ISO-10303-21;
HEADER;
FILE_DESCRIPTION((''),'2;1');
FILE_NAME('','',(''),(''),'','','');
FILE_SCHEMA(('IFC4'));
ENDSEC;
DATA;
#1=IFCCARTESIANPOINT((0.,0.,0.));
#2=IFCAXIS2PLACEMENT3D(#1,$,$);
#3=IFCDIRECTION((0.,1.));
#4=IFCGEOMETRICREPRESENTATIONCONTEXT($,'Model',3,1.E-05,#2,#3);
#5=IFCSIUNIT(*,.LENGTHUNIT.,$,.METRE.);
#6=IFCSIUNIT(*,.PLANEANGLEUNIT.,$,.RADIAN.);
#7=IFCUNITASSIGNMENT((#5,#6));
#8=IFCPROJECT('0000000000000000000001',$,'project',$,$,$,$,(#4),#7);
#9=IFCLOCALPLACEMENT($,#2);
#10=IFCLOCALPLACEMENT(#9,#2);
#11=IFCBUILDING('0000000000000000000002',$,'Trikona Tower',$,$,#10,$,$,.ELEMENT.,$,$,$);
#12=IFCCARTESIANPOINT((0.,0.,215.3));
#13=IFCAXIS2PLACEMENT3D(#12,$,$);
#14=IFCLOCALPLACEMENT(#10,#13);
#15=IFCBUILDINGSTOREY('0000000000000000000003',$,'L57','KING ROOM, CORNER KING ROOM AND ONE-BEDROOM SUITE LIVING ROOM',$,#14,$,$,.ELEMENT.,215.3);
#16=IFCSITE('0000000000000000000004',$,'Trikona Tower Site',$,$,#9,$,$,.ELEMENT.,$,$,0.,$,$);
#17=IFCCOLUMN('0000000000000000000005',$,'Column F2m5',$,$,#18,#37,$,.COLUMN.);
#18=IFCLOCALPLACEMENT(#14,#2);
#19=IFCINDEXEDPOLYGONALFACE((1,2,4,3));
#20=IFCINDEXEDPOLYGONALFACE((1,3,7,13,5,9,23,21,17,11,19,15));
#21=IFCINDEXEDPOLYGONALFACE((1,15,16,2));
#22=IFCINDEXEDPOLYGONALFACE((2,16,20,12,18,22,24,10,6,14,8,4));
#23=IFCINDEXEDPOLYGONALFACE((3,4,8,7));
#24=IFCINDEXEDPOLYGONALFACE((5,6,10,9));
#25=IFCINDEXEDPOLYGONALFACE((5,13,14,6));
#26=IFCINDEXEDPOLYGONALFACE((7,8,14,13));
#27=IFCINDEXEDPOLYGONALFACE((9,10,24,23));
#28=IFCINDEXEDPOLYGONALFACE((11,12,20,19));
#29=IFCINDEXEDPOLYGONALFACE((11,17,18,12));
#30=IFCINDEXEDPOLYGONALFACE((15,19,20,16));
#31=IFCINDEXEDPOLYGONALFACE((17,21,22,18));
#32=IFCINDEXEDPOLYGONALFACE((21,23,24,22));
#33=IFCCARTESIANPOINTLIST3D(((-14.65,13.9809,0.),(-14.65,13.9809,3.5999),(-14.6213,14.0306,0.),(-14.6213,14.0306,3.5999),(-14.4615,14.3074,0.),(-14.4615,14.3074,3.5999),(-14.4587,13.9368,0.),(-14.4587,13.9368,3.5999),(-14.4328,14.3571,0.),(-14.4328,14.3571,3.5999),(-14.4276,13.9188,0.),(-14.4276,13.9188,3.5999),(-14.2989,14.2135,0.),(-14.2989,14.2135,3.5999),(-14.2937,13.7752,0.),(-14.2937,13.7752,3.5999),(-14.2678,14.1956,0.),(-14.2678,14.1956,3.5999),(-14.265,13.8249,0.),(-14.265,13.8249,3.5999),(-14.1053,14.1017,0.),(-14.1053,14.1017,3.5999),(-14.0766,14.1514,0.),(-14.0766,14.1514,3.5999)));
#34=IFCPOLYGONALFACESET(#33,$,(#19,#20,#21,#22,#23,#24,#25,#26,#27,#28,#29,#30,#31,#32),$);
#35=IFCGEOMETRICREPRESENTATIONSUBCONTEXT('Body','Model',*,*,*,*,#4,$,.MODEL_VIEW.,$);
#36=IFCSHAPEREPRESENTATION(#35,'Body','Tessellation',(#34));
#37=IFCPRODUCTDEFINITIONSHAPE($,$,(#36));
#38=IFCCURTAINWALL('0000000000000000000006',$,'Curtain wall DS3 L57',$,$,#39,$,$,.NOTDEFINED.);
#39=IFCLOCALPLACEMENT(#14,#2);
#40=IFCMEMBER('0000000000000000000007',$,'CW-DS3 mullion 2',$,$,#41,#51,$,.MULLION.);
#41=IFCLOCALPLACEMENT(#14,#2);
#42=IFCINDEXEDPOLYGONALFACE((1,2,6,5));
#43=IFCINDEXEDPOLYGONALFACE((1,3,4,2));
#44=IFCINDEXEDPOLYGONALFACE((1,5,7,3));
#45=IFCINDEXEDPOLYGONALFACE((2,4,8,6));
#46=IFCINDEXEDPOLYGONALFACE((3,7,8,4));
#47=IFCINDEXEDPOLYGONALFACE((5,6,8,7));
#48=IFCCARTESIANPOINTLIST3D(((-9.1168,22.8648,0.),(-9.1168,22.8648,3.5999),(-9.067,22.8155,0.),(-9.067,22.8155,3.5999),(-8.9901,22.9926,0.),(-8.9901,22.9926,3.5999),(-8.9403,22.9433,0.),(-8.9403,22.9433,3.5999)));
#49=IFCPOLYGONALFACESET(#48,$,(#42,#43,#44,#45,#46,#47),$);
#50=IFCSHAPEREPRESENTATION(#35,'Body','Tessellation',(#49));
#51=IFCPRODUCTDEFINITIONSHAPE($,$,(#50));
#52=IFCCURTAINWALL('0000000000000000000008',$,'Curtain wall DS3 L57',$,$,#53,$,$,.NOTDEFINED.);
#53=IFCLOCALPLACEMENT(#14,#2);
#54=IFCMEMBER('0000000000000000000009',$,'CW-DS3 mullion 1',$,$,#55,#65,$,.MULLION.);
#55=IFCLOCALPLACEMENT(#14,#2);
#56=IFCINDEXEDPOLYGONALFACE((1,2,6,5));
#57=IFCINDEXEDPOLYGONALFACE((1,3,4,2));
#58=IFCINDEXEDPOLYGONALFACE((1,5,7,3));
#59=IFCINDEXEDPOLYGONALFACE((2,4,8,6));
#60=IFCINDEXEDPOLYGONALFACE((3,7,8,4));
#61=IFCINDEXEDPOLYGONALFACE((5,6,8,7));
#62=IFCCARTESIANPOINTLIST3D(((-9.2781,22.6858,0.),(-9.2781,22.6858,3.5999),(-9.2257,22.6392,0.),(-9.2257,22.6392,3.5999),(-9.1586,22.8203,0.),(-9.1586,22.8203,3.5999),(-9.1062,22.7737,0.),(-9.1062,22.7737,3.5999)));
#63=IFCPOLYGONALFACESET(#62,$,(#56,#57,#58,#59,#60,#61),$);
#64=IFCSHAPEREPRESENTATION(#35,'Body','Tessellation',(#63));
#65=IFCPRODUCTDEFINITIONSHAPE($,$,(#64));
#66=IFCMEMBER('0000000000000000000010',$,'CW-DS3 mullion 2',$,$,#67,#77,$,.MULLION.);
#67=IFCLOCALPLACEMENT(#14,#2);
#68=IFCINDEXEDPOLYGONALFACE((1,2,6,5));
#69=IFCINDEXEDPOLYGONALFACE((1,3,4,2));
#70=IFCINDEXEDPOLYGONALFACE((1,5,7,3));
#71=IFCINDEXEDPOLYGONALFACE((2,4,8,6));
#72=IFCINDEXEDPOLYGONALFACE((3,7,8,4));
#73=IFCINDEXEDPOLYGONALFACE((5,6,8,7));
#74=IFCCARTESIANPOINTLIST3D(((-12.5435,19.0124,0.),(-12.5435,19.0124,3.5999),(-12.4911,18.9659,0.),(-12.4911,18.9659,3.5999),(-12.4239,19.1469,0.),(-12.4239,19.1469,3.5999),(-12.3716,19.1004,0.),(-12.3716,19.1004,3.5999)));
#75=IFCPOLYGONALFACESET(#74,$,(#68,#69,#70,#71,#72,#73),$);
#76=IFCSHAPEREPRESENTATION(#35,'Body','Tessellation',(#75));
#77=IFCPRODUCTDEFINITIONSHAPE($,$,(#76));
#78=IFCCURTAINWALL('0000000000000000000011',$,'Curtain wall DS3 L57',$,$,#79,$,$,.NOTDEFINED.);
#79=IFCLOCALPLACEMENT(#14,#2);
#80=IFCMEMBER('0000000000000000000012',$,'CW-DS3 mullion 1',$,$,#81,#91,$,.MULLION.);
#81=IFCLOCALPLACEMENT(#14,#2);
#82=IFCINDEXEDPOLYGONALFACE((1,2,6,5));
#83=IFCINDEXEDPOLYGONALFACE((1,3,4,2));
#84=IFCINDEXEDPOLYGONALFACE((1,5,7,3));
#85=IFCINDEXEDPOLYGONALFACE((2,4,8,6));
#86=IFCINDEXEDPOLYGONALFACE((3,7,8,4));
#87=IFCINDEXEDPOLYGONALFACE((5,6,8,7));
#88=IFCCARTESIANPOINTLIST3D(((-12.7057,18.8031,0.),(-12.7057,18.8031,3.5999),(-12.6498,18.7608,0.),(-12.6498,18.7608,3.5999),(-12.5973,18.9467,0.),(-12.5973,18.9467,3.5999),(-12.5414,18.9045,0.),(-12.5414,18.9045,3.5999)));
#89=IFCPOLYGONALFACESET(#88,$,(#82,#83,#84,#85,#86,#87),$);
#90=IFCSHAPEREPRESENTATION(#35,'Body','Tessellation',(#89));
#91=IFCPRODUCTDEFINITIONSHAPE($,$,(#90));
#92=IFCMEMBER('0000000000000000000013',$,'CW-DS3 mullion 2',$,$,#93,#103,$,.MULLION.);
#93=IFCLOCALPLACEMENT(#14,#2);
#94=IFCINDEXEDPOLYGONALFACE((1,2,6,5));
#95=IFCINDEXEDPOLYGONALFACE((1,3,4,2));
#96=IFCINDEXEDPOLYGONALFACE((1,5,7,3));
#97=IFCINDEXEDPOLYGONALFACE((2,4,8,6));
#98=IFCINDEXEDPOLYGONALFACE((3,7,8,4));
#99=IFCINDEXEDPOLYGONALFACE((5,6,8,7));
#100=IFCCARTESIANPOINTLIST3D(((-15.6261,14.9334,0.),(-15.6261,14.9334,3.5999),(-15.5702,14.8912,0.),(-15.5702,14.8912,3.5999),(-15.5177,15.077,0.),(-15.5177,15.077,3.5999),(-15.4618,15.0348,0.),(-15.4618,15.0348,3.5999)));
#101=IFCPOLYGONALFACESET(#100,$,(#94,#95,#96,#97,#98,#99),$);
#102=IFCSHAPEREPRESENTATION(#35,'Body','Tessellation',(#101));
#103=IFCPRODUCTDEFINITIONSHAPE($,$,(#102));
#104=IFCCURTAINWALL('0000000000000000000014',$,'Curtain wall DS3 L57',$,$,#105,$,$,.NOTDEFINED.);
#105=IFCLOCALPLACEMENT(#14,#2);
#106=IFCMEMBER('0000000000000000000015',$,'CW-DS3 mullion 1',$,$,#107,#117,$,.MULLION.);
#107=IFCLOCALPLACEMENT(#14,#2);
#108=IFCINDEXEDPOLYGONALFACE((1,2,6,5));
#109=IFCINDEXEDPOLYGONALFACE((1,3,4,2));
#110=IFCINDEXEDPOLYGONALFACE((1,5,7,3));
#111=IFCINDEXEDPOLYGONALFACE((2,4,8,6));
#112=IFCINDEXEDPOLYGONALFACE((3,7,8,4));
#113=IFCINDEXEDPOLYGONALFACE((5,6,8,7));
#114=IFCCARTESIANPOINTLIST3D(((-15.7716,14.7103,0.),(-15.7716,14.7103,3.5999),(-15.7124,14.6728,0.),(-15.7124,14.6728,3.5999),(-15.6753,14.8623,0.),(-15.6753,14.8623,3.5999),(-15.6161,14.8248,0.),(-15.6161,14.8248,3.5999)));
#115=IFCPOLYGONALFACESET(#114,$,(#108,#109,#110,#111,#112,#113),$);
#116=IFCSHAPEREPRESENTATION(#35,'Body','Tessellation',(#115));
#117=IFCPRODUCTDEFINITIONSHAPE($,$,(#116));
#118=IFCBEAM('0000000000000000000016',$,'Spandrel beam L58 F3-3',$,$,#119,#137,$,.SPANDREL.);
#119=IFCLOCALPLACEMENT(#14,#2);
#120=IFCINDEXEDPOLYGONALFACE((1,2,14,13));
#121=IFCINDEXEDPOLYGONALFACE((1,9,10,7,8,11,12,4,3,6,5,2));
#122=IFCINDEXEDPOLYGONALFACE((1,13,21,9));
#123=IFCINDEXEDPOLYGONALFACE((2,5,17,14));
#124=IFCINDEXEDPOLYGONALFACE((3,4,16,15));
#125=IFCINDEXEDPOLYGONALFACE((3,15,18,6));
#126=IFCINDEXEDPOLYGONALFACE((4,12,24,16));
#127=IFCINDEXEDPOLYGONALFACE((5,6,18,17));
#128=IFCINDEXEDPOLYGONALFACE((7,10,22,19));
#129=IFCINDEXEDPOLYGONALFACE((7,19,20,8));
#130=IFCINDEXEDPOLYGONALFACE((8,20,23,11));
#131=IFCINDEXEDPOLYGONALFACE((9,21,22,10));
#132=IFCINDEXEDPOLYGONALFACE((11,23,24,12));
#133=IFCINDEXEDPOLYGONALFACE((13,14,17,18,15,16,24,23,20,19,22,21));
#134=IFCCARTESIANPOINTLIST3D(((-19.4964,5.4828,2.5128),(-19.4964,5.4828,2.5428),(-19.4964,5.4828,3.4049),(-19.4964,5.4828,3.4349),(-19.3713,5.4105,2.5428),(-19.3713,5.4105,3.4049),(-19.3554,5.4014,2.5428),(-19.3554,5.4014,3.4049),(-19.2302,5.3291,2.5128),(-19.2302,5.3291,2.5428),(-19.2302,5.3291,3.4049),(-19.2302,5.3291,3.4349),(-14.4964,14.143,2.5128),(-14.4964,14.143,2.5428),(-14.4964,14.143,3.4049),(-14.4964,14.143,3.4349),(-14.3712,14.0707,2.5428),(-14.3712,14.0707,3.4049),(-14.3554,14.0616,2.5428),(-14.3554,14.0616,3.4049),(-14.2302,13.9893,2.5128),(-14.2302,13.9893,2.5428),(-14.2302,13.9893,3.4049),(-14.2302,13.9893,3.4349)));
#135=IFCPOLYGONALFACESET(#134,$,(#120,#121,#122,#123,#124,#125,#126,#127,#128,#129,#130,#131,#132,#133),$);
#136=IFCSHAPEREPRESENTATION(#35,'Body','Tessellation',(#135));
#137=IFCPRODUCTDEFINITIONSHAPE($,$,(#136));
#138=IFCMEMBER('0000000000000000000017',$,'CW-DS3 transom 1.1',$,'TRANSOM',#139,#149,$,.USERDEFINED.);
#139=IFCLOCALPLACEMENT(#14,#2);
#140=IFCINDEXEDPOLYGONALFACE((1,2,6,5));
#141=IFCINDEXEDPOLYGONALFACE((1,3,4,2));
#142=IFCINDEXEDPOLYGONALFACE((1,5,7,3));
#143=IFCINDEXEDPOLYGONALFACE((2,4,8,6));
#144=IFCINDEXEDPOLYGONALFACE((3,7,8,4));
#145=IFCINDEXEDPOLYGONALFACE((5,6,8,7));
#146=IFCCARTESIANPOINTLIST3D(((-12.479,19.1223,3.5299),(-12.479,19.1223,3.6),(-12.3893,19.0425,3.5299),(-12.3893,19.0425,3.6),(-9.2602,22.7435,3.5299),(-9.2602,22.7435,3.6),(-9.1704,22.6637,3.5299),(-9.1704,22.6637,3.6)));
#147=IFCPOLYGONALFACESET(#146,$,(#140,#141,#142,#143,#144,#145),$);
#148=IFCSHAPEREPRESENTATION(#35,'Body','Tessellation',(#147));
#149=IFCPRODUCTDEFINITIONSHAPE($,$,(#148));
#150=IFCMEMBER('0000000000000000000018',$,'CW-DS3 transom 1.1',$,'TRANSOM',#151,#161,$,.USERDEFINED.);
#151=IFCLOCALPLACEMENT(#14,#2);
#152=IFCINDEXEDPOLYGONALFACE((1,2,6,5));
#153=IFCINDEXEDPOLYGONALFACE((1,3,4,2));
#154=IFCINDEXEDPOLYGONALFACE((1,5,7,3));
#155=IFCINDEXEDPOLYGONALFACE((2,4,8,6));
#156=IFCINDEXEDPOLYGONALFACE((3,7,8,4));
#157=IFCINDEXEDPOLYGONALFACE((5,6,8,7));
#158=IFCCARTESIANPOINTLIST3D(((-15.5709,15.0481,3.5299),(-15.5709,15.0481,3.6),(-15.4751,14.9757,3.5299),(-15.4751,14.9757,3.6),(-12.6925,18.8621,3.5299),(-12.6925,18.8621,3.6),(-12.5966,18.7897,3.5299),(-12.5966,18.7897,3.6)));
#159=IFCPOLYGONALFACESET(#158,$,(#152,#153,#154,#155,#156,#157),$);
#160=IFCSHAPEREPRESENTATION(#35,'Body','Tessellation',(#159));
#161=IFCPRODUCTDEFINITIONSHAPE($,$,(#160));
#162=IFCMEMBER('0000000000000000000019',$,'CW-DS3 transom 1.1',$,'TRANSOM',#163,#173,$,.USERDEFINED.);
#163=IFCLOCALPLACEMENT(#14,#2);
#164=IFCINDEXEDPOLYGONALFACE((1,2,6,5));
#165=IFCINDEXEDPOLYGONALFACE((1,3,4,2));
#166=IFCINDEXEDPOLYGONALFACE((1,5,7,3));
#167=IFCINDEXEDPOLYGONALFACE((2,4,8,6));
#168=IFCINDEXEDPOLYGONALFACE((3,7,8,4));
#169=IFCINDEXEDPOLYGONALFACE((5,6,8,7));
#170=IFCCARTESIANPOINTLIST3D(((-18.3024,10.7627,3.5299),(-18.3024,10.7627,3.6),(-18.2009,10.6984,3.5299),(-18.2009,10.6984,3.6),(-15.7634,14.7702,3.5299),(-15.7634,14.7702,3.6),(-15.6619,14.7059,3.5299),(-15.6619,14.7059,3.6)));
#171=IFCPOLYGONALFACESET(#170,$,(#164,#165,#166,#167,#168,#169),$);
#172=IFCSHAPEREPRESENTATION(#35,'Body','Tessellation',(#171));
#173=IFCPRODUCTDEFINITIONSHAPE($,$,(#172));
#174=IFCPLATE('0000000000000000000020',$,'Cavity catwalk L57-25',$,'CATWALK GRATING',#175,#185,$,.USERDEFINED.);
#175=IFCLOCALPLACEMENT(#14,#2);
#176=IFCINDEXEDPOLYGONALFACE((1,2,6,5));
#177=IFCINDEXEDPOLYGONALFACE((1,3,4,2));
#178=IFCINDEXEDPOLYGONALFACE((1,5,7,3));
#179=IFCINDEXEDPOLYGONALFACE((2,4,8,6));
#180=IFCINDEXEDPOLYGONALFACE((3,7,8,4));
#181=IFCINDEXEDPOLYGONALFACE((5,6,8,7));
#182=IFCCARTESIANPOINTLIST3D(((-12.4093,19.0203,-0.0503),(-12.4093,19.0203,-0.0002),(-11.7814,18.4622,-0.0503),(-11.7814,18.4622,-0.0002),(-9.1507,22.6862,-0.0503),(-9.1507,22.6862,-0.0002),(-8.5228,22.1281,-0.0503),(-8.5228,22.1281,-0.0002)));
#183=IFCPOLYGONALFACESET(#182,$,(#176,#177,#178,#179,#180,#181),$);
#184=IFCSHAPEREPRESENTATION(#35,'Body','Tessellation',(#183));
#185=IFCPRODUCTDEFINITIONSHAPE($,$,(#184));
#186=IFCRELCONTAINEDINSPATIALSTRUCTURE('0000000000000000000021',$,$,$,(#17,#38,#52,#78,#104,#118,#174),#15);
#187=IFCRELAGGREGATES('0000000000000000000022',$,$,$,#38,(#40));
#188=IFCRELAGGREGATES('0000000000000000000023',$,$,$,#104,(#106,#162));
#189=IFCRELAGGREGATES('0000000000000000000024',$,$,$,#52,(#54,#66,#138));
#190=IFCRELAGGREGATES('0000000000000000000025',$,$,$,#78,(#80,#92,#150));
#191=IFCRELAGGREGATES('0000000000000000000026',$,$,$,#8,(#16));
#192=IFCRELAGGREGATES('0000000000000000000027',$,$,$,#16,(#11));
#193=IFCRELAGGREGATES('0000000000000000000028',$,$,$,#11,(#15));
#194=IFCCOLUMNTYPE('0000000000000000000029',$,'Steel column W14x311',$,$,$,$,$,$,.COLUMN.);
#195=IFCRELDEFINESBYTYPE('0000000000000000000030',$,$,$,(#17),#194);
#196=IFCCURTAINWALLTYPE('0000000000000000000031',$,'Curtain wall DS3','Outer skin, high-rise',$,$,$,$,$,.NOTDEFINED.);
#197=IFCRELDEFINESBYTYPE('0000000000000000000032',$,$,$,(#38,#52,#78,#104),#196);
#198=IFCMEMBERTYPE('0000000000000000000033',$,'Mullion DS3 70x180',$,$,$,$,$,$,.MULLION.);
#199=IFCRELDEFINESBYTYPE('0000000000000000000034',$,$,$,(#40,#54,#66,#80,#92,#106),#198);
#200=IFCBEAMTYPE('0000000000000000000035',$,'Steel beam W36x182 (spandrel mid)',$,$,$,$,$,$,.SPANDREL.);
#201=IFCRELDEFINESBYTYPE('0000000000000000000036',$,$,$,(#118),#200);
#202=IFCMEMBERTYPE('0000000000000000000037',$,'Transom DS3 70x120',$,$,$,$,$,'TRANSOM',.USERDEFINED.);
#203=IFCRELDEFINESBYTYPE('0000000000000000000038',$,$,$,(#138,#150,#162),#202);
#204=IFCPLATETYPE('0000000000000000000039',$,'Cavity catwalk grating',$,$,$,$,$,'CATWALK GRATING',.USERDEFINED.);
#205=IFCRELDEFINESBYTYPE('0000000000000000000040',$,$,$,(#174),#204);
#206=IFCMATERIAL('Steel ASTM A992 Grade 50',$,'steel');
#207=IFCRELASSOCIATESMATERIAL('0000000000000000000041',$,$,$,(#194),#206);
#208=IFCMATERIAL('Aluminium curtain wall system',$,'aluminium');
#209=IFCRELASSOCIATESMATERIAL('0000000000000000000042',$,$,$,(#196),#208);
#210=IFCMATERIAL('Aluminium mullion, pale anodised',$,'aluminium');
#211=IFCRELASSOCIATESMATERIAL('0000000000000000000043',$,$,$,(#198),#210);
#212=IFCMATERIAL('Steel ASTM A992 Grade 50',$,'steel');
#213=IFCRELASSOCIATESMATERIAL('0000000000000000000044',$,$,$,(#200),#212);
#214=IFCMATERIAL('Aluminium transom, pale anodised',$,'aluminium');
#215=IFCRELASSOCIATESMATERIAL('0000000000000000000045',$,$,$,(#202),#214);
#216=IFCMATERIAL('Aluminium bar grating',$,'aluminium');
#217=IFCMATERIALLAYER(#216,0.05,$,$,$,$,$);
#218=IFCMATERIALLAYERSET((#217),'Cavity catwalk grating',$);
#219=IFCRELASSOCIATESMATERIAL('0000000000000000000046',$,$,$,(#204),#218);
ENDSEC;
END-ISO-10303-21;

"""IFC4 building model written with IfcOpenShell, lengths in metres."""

from ifc_helpers import new_model, si_unit, direction, frame, origin, origin_2d, place, context, subcontext, project, spatial, rectangle, i_section, extrude, material, layer, layer_set, material_profile, profile_set, type_object, element, aggregate, save


model = new_model("IFC4")

# Units and contexts
model_context = context("Model", 3, precision=1e-05, world=origin(), true_north=direction((0.0, 1.0)))
body_context = subcontext(model_context, "Body", "Model", "MODEL_VIEW")
ifc_project = project(units=[si_unit("LENGTHUNIT", "METRE"), si_unit("PLANEANGLEUNIT", "RADIAN")], contexts=[model_context])

# Site, building, storey
site_placement = place(None, origin())
site = spatial("IfcSite", under=ifc_project, at=site_placement, Name="Trikona Tower Site", CompositionType="ELEMENT", RefElevation=0.0)
building_placement = place(site_placement, origin())
building = spatial("IfcBuilding", under=site, at=building_placement, Name="Trikona Tower", CompositionType="ELEMENT")
storey_placement = place(building_placement, frame((0.0, 0.0, 215.3)))
storey = spatial("IfcBuildingStorey", under=building, at=storey_placement, Name="L57", Description="KING ROOM, CORNER KING ROOM AND ONE-BEDROOM SUITE LIVING ROOM", CompositionType="ELEMENT", Elevation=215.3)

# Column
ifc_material_1 = material(Name="Steel ASTM A992 Grade 50", Category="steel")
ifc_material_profile_1 = material_profile(ifc_material_1, i_section(OverallWidth=0.4114, OverallDepth=0.4343, WebThickness=0.0359, FlangeThickness=0.0574, at=origin_2d()), Name="W14X311")
ifc_profile_set_1 = profile_set([ifc_material_profile_1], Name="Steel ASTM A992 Grade 50")
column_type = type_object("IfcColumnType", Name="Steel column W14x311", PredefinedType="COLUMN", material=ifc_profile_set_1)
column_placement = place(storey_placement, frame((-14.3633, 14.0662, 0.0), z_axis=(0.0, 0.0, 1.0), x_axis=(-0.866025, 0.5, 0.0)))
element("IfcColumn", 1, at=column_placement, inside=storey, type_object=column_type, Name="Column F2m5", PredefinedType="COLUMN", context=body_context, shape_type="SweptSolid", body=[
    extrude(i_section(OverallWidth=0.4114, OverallDepth=0.4343, WebThickness=0.0359, FlangeThickness=0.0574, at=origin_2d()), origin(), (0.0, 0.0, 1.0), 3.5999),
])

# Curtain wall, member
ifc_material_2 = material(Name="Aluminium curtain wall system", Category="aluminium")
curtain_wall_type = type_object("IfcCurtainWallType", Name="Curtain wall DS3", Description="Outer skin, high-rise", PredefinedType="NOTDEFINED", material=ifc_material_2)
curtain_wall_1_placement = place(storey_placement, origin())
curtain_wall_1 = element("IfcCurtainWall", 2, at=curtain_wall_1_placement, inside=storey, type_object=curtain_wall_type, Name="Curtain wall DS3 L57", PredefinedType="NOTDEFINED")
ifc_material_3 = material(Name="Aluminium mullion, pale anodised", Category="aluminium")
ifc_material_profile_2 = material_profile(ifc_material_3, rectangle(XDim=0.0701, YDim=0.1799, at=origin_2d()), Name="MUL-DS3")
ifc_profile_set_2 = profile_set([ifc_material_profile_2], Name="Aluminium mullion, pale anodised")
member_type_1 = type_object("IfcMemberType", Name="Mullion DS3 70x180", PredefinedType="MULLION", material=ifc_profile_set_2)
member_1_placement = place(storey_placement, frame((-9.0286, 22.9041, 0.0), z_axis=(0.0, 0.0, 1.0), x_axis=(0.710052, -0.704149, 0.0)))
member_1 = element("IfcMember", 3, at=member_1_placement, type_object=member_type_1, Name="CW-DS3 mullion 2", PredefinedType="MULLION", context=body_context, shape_type="SweptSolid", body=[
    extrude(rectangle(XDim=0.0701, YDim=0.1799, at=origin_2d()), origin(), (0.0, 0.0, 1.0), 3.5999),
])
aggregate(curtain_wall_1, [member_1])

# Curtain walls, members
curtain_wall_2_placement = place(storey_placement, origin())
curtain_wall_2 = element("IfcCurtainWall", 4, at=curtain_wall_2_placement, inside=storey, type_object=curtain_wall_type, Name="Curtain wall DS3 L57", PredefinedType="NOTDEFINED")
member_2_placement = place(storey_placement, frame((-9.1921, 22.7297, 0.0), z_axis=(0.0, 0.0, 1.0), x_axis=(0.747403, -0.664371, 0.0)))
member_2 = element("IfcMember", 5, at=member_2_placement, type_object=member_type_1, Name="CW-DS3 mullion 1", PredefinedType="MULLION", context=body_context, shape_type="SweptSolid", body=[
    extrude(rectangle(XDim=0.0701, YDim=0.1799, at=origin_2d()), origin(), (0.0, 0.0, 1.0), 3.5999),
])
member_3_placement = place(storey_placement, frame((-12.4575, 19.0564, 0.0), z_axis=(0.0, 0.0, 1.0), x_axis=(0.747403, -0.664371, 0.0)))
member_3 = element("IfcMember", 6, at=member_3_placement, type_object=member_type_1, Name="CW-DS3 mullion 2", PredefinedType="MULLION", context=body_context, shape_type="SweptSolid", body=[
    extrude(rectangle(XDim=0.0701, YDim=0.1799, at=origin_2d()), origin(), (0.0, 0.0, 1.0), 3.5999),
])
curtain_wall_3_placement = place(storey_placement, origin())
curtain_wall_3 = element("IfcCurtainWall", 7, at=curtain_wall_3_placement, inside=storey, type_object=curtain_wall_type, Name="Curtain wall DS3 L57", PredefinedType="NOTDEFINED")
member_4_placement = place(storey_placement, frame((-12.6235, 18.8538, 0.0), z_axis=(0.0, 0.0, 1.0), x_axis=(0.798193, -0.602402, 0.0)))
member_4 = element("IfcMember", 8, at=member_4_placement, type_object=member_type_1, Name="CW-DS3 mullion 1", PredefinedType="MULLION", context=body_context, shape_type="SweptSolid", body=[
    extrude(rectangle(XDim=0.0701, YDim=0.1799, at=origin_2d()), origin(), (0.0, 0.0, 1.0), 3.5999),
])
member_5_placement = place(storey_placement, frame((-15.5439, 14.9841, 0.0), z_axis=(0.0, 0.0, 1.0), x_axis=(0.798193, -0.602402, 0.0)))
member_5 = element("IfcMember", 9, at=member_5_placement, type_object=member_type_1, Name="CW-DS3 mullion 2", PredefinedType="MULLION", context=body_context, shape_type="SweptSolid", body=[
    extrude(rectangle(XDim=0.0701, YDim=0.1799, at=origin_2d()), origin(), (0.0, 0.0, 1.0), 3.5999),
])

# Curtain wall, member
curtain_wall_4_placement = place(storey_placement, origin())
curtain_wall_4 = element("IfcCurtainWall", 10, at=curtain_wall_4_placement, inside=storey, type_object=curtain_wall_type, Name="Curtain wall DS3 L57", PredefinedType="NOTDEFINED")
member_6_placement = place(storey_placement, frame((-15.6938, 14.7676, 0.0), z_axis=(0.0, 0.0, 1.0), x_axis=(0.844727, -0.535197, 0.0)))
member_6 = element("IfcMember", 11, at=member_6_placement, type_object=member_type_1, Name="CW-DS3 mullion 1", PredefinedType="MULLION", context=body_context, shape_type="SweptSolid", body=[
    extrude(rectangle(XDim=0.0701, YDim=0.1799, at=origin_2d()), origin(), (0.0, 0.0, 1.0), 3.5999),
])

# Beam
ifc_material_4 = material(Name="Steel ASTM A992 Grade 50", Category="steel")
ifc_material_profile_3 = material_profile(ifc_material_4, i_section(OverallWidth=0.3074, OverallDepth=0.9221, WebThickness=0.0183, FlangeThickness=0.03, at=origin_2d()), Name="W36X182")
ifc_profile_set_3 = profile_set([ifc_material_profile_3], Name="Steel ASTM A992 Grade 50")
beam_type = type_object("IfcBeamType", Name="Steel beam W36x182 (spandrel mid)", PredefinedType="SPANDREL", material=ifc_profile_set_3)
beam_placement = place(storey_placement, frame((-14.3633, 14.0662, 2.9739), z_axis=(-0.500004, -0.866023, 0.0), x_axis=(0.866023, -0.500004, 0.0)))
element("IfcBeam", 12, at=beam_placement, inside=storey, type_object=beam_type, Name="Spandrel beam L58 F3-3", PredefinedType="SPANDREL", context=body_context, shape_type="SweptSolid", body=[
    extrude(i_section(OverallWidth=0.3074, OverallDepth=0.9221, WebThickness=0.0183, FlangeThickness=0.03, at=origin_2d()), origin(), (0.0, 0.0, 1.0), 10.0),
])

# Members
ifc_material_5 = material(Name="Aluminium transom, pale anodised", Category="aluminium")
ifc_material_profile_4 = material_profile(ifc_material_5, rectangle(XDim=0.1201, YDim=0.0701, at=origin_2d()), Name="TRN-DS3")
ifc_profile_set_4 = profile_set([ifc_material_profile_4], Name="Aluminium transom, pale anodised")
member_type_2 = type_object("IfcMemberType", Name="Transom DS3 70x120", ElementType="TRANSOM", PredefinedType="USERDEFINED", material=ifc_profile_set_4)
member_7_placement = place(storey_placement, frame((-9.2153, 22.7036, 3.5649), z_axis=(-0.664364, -0.747409, 0.0), x_axis=(0.747409, -0.664364, 0.0)))
member_7 = element("IfcMember", 13, at=member_7_placement, type_object=member_type_2, Name="CW-DS3 transom 1.1", ObjectType="TRANSOM", PredefinedType="USERDEFINED", context=body_context, shape_type="SweptSolid", body=[
    extrude(rectangle(XDim=0.1201, YDim=0.0701, at=origin_2d()), origin(), (0.0, 0.0, 1.0), 4.845),
])
member_8_placement = place(storey_placement, frame((-12.6445, 18.8259, 3.5649), z_axis=(-0.602401, -0.798194, 0.0), x_axis=(0.798194, -0.602401, 0.0)))
member_8 = element("IfcMember", 14, at=member_8_placement, type_object=member_type_2, Name="CW-DS3 transom 1.1", ObjectType="TRANSOM", PredefinedType="USERDEFINED", context=body_context, shape_type="SweptSolid", body=[
    extrude(rectangle(XDim=0.1201, YDim=0.0701, at=origin_2d()), origin(), (0.0, 0.0, 1.0), 4.7783),
])
member_9_placement = place(storey_placement, frame((-15.7126, 14.738, 3.5649), z_axis=(-0.535193, -0.84473, 0.0), x_axis=(0.84473, -0.535193, 0.0)))
member_9 = element("IfcMember", 15, at=member_9_placement, type_object=member_type_2, Name="CW-DS3 transom 1.1", ObjectType="TRANSOM", PredefinedType="USERDEFINED", context=body_context, shape_type="SweptSolid", body=[
    extrude(rectangle(XDim=0.1201, YDim=0.0701, at=origin_2d()), origin(), (0.0, 0.0, 1.0), 4.7441),
])
aggregate(curtain_wall_4, [member_6, member_9])

# Plate
ifc_material_6 = material(Name="Aluminium bar grating", Category="aluminium")
ifc_layer_1 = layer(ifc_material_6, 0.05)
ifc_layer_set_1 = layer_set([ifc_layer_1], Name="Cavity catwalk grating")
plate_type_1 = type_object("IfcPlateType", Name="Cavity catwalk grating", ElementType="CATWALK GRATING", PredefinedType="USERDEFINED", material=ifc_layer_set_1)
plate_1_placement = place(storey_placement, frame((-10.4661, 20.5742, -0.0503), z_axis=(0.0, 0.0, 1.0), x_axis=(-0.664367, -0.747406, 0.0)))
element("IfcPlate", 16, at=plate_1_placement, inside=storey, type_object=plate_type_1, Name="Cavity catwalk L57-25", ObjectType="CATWALK GRATING", PredefinedType="USERDEFINED", context=body_context, shape_type="SweptSolid", body=[
    extrude(rectangle(XDim=4.9048, YDim=0.8401, at=origin_2d()), origin(), (0.0, 0.0, 1.0), 0.05),
])

aggregate(curtain_wall_2, [member_2, member_3, member_7])
aggregate(curtain_wall_3, [member_4, member_5, member_8])

save(model, "model.ifc")
